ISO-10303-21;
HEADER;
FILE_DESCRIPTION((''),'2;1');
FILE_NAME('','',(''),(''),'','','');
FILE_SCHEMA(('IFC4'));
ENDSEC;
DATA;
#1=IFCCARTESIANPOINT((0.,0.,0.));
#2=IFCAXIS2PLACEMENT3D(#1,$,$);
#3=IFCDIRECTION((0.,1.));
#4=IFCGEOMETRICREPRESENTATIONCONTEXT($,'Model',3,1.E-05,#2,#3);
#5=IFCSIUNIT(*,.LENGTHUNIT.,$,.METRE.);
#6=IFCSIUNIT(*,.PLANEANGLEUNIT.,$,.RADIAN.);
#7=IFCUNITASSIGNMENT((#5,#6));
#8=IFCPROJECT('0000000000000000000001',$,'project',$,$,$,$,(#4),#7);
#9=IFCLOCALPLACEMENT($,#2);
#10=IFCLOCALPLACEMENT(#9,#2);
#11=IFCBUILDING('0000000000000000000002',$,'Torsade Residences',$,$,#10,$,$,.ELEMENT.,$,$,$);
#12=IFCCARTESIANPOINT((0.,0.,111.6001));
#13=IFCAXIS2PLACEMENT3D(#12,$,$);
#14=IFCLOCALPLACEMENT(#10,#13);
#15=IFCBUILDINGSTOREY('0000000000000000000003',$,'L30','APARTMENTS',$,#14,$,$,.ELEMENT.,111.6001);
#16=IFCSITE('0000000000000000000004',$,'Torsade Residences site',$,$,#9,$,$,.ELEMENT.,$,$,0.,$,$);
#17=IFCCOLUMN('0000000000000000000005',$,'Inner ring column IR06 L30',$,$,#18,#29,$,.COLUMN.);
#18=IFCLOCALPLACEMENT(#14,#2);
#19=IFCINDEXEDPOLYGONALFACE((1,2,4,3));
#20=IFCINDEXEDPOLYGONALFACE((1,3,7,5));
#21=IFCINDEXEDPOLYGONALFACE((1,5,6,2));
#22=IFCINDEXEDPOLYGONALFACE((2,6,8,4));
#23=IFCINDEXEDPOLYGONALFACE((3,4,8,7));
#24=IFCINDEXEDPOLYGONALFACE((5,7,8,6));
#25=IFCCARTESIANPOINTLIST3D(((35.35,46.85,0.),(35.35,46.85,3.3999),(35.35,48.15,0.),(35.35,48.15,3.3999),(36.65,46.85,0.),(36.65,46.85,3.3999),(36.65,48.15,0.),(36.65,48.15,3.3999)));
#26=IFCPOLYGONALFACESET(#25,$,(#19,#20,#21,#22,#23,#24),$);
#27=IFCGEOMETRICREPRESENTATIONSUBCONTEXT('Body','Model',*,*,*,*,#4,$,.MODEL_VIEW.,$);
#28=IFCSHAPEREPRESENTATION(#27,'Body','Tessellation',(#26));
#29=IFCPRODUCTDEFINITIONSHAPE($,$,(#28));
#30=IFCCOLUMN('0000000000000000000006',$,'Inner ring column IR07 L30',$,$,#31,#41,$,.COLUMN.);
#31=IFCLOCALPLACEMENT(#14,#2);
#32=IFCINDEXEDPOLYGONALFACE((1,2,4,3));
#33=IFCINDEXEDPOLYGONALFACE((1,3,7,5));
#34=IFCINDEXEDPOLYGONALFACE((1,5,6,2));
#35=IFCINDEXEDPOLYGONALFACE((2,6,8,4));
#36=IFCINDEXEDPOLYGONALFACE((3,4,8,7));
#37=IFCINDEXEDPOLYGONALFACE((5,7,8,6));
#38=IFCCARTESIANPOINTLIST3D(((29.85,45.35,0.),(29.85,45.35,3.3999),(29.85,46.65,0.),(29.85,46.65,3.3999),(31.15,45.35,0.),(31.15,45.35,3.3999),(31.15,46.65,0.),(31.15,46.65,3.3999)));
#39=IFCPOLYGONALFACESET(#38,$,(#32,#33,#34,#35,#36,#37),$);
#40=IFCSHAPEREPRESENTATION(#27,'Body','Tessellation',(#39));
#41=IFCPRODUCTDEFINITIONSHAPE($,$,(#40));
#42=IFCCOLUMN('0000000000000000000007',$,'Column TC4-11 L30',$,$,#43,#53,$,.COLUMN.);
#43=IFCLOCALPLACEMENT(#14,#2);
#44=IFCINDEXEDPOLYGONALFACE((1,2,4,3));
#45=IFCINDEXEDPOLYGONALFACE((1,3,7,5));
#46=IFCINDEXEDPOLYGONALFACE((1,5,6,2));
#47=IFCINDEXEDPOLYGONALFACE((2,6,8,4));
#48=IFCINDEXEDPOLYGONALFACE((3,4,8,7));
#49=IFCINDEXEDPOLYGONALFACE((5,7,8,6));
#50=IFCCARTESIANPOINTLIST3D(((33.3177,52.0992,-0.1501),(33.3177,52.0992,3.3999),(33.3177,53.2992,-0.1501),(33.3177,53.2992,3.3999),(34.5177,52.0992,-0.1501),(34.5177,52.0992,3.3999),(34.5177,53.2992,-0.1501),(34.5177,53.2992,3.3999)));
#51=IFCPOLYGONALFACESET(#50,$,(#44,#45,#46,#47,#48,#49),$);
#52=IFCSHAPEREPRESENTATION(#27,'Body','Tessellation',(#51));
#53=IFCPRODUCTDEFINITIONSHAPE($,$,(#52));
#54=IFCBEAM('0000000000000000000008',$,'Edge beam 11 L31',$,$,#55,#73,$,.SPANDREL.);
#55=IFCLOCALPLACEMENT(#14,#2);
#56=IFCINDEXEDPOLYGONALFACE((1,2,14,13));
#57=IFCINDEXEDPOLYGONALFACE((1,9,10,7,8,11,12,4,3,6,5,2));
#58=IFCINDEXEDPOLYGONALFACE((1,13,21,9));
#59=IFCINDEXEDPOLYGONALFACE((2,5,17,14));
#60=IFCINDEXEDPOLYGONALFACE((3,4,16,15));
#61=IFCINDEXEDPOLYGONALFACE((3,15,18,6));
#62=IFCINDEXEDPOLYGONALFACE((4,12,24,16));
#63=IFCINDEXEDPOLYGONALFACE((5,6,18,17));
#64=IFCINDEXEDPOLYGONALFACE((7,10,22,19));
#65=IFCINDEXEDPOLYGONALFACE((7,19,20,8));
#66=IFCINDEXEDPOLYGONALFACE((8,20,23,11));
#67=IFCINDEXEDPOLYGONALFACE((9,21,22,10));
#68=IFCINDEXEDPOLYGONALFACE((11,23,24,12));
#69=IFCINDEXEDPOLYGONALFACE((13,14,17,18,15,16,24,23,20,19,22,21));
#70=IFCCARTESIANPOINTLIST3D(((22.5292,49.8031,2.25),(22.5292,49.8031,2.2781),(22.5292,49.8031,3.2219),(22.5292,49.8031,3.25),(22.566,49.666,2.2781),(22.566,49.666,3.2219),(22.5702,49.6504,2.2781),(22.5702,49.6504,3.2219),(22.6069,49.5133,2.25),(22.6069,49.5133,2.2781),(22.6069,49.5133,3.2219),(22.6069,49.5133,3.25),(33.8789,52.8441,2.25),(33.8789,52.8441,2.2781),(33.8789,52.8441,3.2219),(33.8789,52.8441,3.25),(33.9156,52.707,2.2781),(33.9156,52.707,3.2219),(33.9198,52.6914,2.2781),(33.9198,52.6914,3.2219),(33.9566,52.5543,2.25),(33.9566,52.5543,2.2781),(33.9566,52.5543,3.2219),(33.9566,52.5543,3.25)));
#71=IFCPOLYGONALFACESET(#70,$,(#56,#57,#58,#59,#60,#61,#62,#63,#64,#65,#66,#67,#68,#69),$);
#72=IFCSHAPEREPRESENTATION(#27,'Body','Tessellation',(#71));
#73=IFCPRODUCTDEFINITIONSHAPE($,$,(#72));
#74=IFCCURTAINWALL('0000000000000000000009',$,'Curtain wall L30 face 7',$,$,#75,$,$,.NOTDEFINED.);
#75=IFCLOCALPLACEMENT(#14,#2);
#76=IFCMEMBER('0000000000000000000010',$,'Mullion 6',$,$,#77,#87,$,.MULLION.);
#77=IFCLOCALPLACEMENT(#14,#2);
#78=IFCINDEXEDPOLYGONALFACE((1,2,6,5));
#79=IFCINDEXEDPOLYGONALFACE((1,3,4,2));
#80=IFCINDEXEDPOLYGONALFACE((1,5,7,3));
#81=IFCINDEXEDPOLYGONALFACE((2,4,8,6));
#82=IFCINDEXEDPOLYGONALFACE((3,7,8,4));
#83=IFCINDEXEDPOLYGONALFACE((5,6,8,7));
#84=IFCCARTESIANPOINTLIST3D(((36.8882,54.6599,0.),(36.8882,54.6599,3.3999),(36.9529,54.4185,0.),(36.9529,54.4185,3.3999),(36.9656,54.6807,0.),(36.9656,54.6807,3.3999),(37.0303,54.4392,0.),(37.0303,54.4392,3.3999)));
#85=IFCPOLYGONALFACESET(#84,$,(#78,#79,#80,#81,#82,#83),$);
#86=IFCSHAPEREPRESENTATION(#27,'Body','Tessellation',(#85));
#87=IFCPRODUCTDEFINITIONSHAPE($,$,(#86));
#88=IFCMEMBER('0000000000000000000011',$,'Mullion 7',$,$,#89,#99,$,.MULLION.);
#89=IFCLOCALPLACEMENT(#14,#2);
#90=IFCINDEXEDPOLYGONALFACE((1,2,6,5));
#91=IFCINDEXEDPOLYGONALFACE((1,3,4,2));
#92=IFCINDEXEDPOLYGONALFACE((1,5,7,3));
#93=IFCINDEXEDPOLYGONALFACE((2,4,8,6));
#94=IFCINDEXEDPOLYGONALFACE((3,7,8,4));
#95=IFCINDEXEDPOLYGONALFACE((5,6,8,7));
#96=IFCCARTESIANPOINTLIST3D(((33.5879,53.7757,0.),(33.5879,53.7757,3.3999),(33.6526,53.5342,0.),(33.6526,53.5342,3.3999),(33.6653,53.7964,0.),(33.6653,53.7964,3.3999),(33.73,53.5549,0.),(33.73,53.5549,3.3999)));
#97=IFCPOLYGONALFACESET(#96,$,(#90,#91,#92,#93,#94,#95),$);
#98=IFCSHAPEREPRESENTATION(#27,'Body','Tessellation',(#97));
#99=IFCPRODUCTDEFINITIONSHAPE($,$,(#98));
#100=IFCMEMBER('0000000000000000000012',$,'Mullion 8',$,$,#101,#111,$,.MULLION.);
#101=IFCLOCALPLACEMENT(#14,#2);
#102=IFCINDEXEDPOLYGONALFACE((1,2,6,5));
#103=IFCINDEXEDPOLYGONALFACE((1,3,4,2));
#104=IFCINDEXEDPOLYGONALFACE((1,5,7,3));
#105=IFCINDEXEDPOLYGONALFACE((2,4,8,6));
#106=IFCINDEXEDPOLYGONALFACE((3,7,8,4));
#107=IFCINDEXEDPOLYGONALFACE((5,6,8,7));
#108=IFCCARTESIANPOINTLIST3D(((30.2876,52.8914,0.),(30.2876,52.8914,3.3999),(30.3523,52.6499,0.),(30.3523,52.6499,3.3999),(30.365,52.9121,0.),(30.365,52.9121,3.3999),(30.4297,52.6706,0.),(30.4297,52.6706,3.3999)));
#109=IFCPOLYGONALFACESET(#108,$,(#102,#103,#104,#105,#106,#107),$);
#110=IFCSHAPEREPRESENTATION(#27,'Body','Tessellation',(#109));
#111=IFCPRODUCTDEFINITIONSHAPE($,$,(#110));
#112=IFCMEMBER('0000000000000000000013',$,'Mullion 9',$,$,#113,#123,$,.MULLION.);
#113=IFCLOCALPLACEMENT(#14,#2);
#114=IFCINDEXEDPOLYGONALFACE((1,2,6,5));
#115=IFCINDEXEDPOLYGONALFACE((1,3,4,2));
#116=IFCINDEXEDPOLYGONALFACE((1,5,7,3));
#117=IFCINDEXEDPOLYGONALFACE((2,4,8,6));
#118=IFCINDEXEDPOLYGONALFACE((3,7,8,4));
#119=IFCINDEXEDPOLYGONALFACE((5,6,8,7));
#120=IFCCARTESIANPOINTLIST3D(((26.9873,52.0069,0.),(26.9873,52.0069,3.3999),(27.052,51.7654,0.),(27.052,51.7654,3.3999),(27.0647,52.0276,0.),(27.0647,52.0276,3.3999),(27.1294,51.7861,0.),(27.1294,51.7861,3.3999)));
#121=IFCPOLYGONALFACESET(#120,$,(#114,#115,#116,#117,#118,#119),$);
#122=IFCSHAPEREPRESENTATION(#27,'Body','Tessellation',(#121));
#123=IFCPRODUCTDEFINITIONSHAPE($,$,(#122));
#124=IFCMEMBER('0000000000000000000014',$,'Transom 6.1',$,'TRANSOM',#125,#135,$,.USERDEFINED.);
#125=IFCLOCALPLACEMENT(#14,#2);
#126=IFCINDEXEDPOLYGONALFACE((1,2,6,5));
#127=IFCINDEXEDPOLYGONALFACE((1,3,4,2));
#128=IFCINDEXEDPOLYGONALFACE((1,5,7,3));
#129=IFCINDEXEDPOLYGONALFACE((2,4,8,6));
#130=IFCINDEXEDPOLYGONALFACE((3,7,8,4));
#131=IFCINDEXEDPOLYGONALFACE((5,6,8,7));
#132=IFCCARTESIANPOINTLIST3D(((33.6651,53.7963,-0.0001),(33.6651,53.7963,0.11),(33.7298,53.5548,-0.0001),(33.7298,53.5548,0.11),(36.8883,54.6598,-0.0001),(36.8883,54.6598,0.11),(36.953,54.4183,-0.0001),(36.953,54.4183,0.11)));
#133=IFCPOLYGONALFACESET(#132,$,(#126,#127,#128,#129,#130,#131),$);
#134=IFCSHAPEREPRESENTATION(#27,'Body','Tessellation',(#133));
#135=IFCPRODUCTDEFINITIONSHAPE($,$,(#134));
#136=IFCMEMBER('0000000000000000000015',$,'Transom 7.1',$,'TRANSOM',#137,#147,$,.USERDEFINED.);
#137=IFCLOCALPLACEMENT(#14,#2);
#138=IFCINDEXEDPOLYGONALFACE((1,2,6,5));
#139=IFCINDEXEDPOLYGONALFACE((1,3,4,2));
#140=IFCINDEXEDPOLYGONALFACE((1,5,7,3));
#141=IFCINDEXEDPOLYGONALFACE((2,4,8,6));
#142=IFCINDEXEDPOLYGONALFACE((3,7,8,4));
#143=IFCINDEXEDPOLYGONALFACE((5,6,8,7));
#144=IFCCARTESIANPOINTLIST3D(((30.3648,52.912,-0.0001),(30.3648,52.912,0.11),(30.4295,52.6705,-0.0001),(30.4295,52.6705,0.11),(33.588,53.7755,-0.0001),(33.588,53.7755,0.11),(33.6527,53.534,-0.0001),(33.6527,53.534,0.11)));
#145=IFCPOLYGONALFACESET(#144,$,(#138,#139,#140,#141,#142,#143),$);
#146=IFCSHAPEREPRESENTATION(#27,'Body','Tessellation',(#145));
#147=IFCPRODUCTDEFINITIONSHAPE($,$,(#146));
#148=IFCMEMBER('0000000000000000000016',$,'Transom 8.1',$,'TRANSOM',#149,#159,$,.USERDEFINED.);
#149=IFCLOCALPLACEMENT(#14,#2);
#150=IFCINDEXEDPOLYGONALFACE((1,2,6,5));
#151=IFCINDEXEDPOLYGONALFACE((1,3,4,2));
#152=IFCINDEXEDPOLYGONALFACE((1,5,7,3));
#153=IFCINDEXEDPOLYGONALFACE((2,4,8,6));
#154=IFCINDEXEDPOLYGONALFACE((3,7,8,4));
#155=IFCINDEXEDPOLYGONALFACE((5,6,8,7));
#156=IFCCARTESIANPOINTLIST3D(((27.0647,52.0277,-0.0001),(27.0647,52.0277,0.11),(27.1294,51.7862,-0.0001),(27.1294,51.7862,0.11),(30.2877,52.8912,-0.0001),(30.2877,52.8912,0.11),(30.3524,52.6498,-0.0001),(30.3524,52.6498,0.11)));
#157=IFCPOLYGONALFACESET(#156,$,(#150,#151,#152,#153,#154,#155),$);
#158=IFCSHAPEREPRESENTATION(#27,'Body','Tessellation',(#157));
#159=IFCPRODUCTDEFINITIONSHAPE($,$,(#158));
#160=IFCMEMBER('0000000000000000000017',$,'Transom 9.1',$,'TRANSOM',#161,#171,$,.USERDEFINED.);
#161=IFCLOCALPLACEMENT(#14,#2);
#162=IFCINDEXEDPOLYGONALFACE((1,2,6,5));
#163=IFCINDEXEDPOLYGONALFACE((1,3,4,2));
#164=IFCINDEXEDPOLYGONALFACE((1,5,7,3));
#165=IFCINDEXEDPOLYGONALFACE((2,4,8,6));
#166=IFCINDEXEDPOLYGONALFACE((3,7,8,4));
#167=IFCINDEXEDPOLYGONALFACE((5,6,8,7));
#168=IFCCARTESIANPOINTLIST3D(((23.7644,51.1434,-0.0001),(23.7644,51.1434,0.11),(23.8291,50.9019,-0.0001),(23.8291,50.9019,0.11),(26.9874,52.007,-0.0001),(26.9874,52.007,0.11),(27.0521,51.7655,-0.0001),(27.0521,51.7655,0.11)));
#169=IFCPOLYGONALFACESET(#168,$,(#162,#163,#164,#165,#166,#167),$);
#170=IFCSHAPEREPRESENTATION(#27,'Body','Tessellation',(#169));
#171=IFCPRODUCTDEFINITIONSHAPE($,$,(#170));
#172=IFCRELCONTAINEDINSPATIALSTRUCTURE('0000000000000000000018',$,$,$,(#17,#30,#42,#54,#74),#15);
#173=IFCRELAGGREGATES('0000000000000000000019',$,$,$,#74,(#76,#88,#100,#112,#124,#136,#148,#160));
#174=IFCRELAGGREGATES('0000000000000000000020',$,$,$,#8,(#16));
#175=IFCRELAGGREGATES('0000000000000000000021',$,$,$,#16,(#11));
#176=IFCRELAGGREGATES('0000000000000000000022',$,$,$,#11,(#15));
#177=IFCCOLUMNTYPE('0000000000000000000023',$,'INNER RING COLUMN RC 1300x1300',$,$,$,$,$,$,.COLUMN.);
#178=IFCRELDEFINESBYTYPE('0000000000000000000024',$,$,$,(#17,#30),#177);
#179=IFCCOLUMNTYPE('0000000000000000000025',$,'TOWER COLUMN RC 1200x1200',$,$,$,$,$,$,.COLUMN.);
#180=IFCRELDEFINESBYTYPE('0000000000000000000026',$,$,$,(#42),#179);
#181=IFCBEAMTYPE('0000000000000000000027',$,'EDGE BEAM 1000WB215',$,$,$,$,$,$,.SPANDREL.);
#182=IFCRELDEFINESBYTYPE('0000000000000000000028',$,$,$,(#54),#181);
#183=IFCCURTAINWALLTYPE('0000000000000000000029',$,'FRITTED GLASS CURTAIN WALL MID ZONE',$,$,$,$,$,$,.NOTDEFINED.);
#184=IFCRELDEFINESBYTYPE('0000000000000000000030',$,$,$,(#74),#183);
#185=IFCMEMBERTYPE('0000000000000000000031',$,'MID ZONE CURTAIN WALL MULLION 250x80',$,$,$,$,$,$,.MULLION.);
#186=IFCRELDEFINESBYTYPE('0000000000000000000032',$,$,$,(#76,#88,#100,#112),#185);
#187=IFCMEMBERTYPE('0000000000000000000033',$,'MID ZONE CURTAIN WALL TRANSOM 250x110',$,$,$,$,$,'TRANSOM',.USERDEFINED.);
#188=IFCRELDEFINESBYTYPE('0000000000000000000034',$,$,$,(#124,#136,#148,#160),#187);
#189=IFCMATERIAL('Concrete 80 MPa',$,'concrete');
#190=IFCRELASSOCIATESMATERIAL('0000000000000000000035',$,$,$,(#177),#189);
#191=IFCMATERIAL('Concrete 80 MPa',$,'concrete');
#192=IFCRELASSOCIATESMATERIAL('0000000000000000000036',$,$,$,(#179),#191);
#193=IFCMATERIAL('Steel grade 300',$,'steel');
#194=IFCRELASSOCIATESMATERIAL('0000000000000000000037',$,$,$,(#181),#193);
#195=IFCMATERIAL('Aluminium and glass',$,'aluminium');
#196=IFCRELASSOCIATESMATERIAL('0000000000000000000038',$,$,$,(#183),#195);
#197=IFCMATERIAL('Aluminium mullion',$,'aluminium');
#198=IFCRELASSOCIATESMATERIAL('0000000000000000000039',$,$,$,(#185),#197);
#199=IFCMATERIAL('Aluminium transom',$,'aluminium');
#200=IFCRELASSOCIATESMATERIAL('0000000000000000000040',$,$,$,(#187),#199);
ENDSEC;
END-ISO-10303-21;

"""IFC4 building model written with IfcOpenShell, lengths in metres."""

from ifc_helpers import new_model, si_unit, direction, frame, origin, origin_2d, place, context, subcontext, project, spatial, rectangle, i_section, extrude, material, material_profile, profile_set, type_object, element, aggregate, save


model = new_model("IFC4")

# Units and contexts
model_context = context("Model", 3, precision=1e-05, world=origin(), true_north=direction((0.0, 1.0)))
body_context = subcontext(model_context, "Body", "Model", "MODEL_VIEW")
ifc_project = project(units=[si_unit("LENGTHUNIT", "METRE"), si_unit("PLANEANGLEUNIT", "RADIAN")], contexts=[model_context])

# Site, building, storey
site_placement = place(None, origin())
site = spatial("IfcSite", under=ifc_project, at=site_placement, Name="Torsade Residences site", CompositionType="ELEMENT", RefElevation=0.0)
building_placement = place(site_placement, origin())
building = spatial("IfcBuilding", under=site, at=building_placement, Name="Torsade Residences", CompositionType="ELEMENT")
storey_placement = place(building_placement, frame((0.0, 0.0, 111.6001)))
storey = spatial("IfcBuildingStorey", under=building, at=storey_placement, Name="L30", Description="APARTMENTS", CompositionType="ELEMENT", Elevation=111.6001)

# Columns
ifc_material_1 = material(Name="Concrete 80 MPa", Category="concrete")
ifc_material_profile_1 = material_profile(ifc_material_1, rectangle(XDim=1.3, YDim=1.3, at=origin_2d()), Name="RC 1300x1300")
ifc_profile_set_1 = profile_set([ifc_material_profile_1], Name="Concrete 80 MPa")
column_type_1 = type_object("IfcColumnType", Name="INNER RING COLUMN RC 1300x1300", PredefinedType="COLUMN", material=ifc_profile_set_1)
for number, where, z_axis, x_axis, name in (
    (1, (36.0, 47.5, 0.0), (0.0, 0.0, 1.0), (1.0, 0.0, 0.0), "Inner ring column IR06 L30"),
    (2, (30.5, 46.0, 0.0), (0.0, 0.0, 1.0), (1.0, 0.0, 0.0), "Inner ring column IR07 L30"),
):
    element("IfcColumn", number, at=place(storey_placement, frame(where, z_axis=z_axis, x_axis=x_axis)), inside=storey, type_object=column_type_1, Name=name, PredefinedType="COLUMN", context=body_context, shape_type="SweptSolid", body=[
        extrude(rectangle(XDim=1.3, YDim=1.3, at=origin_2d()), origin(), (0.0, 0.0, 1.0), 3.3999),
    ])
ifc_material_2 = material(Name="Concrete 80 MPa", Category="concrete")
ifc_material_profile_2 = material_profile(ifc_material_2, rectangle(XDim=1.2, YDim=1.2, at=origin_2d()), Name="RC 1200x1200")
ifc_profile_set_2 = profile_set([ifc_material_profile_2], Name="Concrete 80 MPa")
column_type_2 = type_object("IfcColumnType", Name="TOWER COLUMN RC 1200x1200", PredefinedType="COLUMN", material=ifc_profile_set_2)
column_placement = place(storey_placement, frame((33.9177, 52.6992, -0.1501), z_axis=(0.0, 0.0, 1.0), x_axis=(1.0, 0.0, 0.0)))
element("IfcColumn", 3, at=column_placement, inside=storey, type_object=column_type_2, Name="Column TC4-11 L30", PredefinedType="COLUMN", context=body_context, shape_type="SweptSolid", body=[
    extrude(rectangle(XDim=1.2, YDim=1.2, at=origin_2d()), origin(), (0.0, 0.0, 1.0), 3.55),
])

# Beam
ifc_material_3 = material(Name="Steel grade 300", Category="steel")
ifc_material_profile_3 = material_profile(ifc_material_3, i_section(OverallWidth=0.3, OverallDepth=1.0, WebThickness=0.0161, FlangeThickness=0.0281, at=origin_2d()), Name="1000WB215")
ifc_profile_set_3 = profile_set([ifc_material_profile_3], Name="Steel grade 300")
beam_type_1 = type_object("IfcBeamType", Name="EDGE BEAM 1000WB215", PredefinedType="SPANDREL", material=ifc_profile_set_3)
beam_1_placement = place(storey_placement, frame((33.9177, 52.6992, 2.75), z_axis=(-0.965928, -0.258811, 0.0), x_axis=(0.258811, -0.965928, 0.0)))
element("IfcBeam", 4, at=beam_1_placement, inside=storey, type_object=beam_type_1, Name="Edge beam 11 L31", PredefinedType="SPANDREL", context=body_context, shape_type="SweptSolid", body=[
    extrude(i_section(OverallWidth=0.3, OverallDepth=1.0, WebThickness=0.0161, FlangeThickness=0.0281, at=origin_2d()), origin(), (0.0, 0.0, 1.0), 11.75),
])

# Curtain wall, members
ifc_material_4 = material(Name="Aluminium and glass", Category="aluminium")
curtain_wall_type = type_object("IfcCurtainWallType", Name="FRITTED GLASS CURTAIN WALL MID ZONE", PredefinedType="NOTDEFINED", material=ifc_material_4)
curtain_wall_placement = place(storey_placement, origin())
curtain_wall = element("IfcCurtainWall", 5, at=curtain_wall_placement, inside=storey, type_object=curtain_wall_type, Name="Curtain wall L30 face 7", PredefinedType="NOTDEFINED")
ifc_material_5 = material(Name="Aluminium mullion", Category="aluminium")
ifc_material_profile_4 = material_profile(ifc_material_5, rectangle(XDim=0.25, YDim=0.0801, at=origin_2d()), Name="MID ZONE CURTAIN WALL MULLION 250x80")
ifc_profile_set_4 = profile_set([ifc_material_profile_4], Name="Aluminium mullion")
member_type_1 = type_object("IfcMemberType", Name="MID ZONE CURTAIN WALL MULLION 250x80", PredefinedType="MULLION", material=ifc_profile_set_4)
member_1_placement = place(storey_placement, frame((36.9592, 54.5496, 0.0), z_axis=(0.0, 0.0, 1.0), x_axis=(0.258819, -0.965926, 0.0)))
member_1 = element("IfcMember", 6, at=member_1_placement, type_object=member_type_1, Name="Mullion 6", PredefinedType="MULLION", context=body_context, shape_type="SweptSolid", body=[
    extrude(rectangle(XDim=0.25, YDim=0.0801, at=origin_2d()), origin(), (0.0, 0.0, 1.0), 3.3999),
])
member_2_placement = place(storey_placement, frame((33.6589, 53.6653, 0.0), z_axis=(0.0, 0.0, 1.0), x_axis=(0.258819, -0.965926, 0.0)))
member_2 = element("IfcMember", 7, at=member_2_placement, type_object=member_type_1, Name="Mullion 7", PredefinedType="MULLION", context=body_context, shape_type="SweptSolid", body=[
    extrude(rectangle(XDim=0.25, YDim=0.0801, at=origin_2d()), origin(), (0.0, 0.0, 1.0), 3.3999),
])
member_3_placement = place(storey_placement, frame((30.3586, 52.781, 0.0), z_axis=(0.0, 0.0, 1.0), x_axis=(0.258819, -0.965926, 0.0)))
member_3 = element("IfcMember", 8, at=member_3_placement, type_object=member_type_1, Name="Mullion 8", PredefinedType="MULLION", context=body_context, shape_type="SweptSolid", body=[
    extrude(rectangle(XDim=0.25, YDim=0.0801, at=origin_2d()), origin(), (0.0, 0.0, 1.0), 3.3999),
])
member_4_placement = place(storey_placement, frame((27.0583, 51.8965, 0.0), z_axis=(0.0, 0.0, 1.0), x_axis=(0.258819, -0.965926, 0.0)))
member_4 = element("IfcMember", 9, at=member_4_placement, type_object=member_type_1, Name="Mullion 9", PredefinedType="MULLION", context=body_context, shape_type="SweptSolid", body=[
    extrude(rectangle(XDim=0.25, YDim=0.0801, at=origin_2d()), origin(), (0.0, 0.0, 1.0), 3.3999),
])
ifc_material_6 = material(Name="Aluminium transom", Category="aluminium")
ifc_material_profile_5 = material_profile(ifc_material_6, rectangle(XDim=0.25, YDim=0.1101, at=origin_2d()), Name="MID ZONE CURTAIN WALL TRANSOM 250x110")
ifc_profile_set_5 = profile_set([ifc_material_profile_5], Name="Aluminium transom")
member_type_2 = type_object("IfcMemberType", Name="MID ZONE CURTAIN WALL TRANSOM 250x110", ElementType="TRANSOM", PredefinedType="USERDEFINED", material=ifc_profile_set_5)
member_5_placement = place(storey_placement, frame((36.9207, 54.5391, 0.0549), z_axis=(-0.965934, -0.258787, 0.0), x_axis=(0.258787, -0.965934, 0.0)))
member_5 = element("IfcMember", 10, at=member_5_placement, type_object=member_type_2, Name="Transom 6.1", ObjectType="TRANSOM", PredefinedType="USERDEFINED", context=body_context, shape_type="SweptSolid", body=[
    extrude(rectangle(XDim=0.25, YDim=0.1101, at=origin_2d()), origin(), (0.0, 0.0, 1.0), 3.3369),
])
member_6_placement = place(storey_placement, frame((33.6204, 53.6548, 0.0549), z_axis=(-0.965934, -0.258787, 0.0), x_axis=(0.258787, -0.965934, 0.0)))
member_6 = element("IfcMember", 11, at=member_6_placement, type_object=member_type_2, Name="Transom 7.1", ObjectType="TRANSOM", PredefinedType="USERDEFINED", context=body_context, shape_type="SweptSolid", body=[
    extrude(rectangle(XDim=0.25, YDim=0.1101, at=origin_2d()), origin(), (0.0, 0.0, 1.0), 3.3369),
])
member_7_placement = place(storey_placement, frame((30.3201, 52.7705, 0.0549), z_axis=(-0.965929, -0.258806, 0.0), x_axis=(0.258806, -0.965929, 0.0)))
member_7 = element("IfcMember", 12, at=member_7_placement, type_object=member_type_2, Name="Transom 8.1", ObjectType="TRANSOM", PredefinedType="USERDEFINED", context=body_context, shape_type="SweptSolid", body=[
    extrude(rectangle(XDim=0.25, YDim=0.1101, at=origin_2d()), origin(), (0.0, 0.0, 1.0), 3.3367),
])
member_8_placement = place(storey_placement, frame((27.0198, 51.8862, 0.0549), z_axis=(-0.965929, -0.258806, 0.0), x_axis=(0.258806, -0.965929, 0.0)))
member_8 = element("IfcMember", 13, at=member_8_placement, type_object=member_type_2, Name="Transom 9.1", ObjectType="TRANSOM", PredefinedType="USERDEFINED", context=body_context, shape_type="SweptSolid", body=[
    extrude(rectangle(XDim=0.25, YDim=0.1101, at=origin_2d()), origin(), (0.0, 0.0, 1.0), 3.3367),
])

aggregate(curtain_wall, [member_1, member_2, member_3, member_4, member_5, member_6, member_7, member_8])

save(model, "model.ifc")
